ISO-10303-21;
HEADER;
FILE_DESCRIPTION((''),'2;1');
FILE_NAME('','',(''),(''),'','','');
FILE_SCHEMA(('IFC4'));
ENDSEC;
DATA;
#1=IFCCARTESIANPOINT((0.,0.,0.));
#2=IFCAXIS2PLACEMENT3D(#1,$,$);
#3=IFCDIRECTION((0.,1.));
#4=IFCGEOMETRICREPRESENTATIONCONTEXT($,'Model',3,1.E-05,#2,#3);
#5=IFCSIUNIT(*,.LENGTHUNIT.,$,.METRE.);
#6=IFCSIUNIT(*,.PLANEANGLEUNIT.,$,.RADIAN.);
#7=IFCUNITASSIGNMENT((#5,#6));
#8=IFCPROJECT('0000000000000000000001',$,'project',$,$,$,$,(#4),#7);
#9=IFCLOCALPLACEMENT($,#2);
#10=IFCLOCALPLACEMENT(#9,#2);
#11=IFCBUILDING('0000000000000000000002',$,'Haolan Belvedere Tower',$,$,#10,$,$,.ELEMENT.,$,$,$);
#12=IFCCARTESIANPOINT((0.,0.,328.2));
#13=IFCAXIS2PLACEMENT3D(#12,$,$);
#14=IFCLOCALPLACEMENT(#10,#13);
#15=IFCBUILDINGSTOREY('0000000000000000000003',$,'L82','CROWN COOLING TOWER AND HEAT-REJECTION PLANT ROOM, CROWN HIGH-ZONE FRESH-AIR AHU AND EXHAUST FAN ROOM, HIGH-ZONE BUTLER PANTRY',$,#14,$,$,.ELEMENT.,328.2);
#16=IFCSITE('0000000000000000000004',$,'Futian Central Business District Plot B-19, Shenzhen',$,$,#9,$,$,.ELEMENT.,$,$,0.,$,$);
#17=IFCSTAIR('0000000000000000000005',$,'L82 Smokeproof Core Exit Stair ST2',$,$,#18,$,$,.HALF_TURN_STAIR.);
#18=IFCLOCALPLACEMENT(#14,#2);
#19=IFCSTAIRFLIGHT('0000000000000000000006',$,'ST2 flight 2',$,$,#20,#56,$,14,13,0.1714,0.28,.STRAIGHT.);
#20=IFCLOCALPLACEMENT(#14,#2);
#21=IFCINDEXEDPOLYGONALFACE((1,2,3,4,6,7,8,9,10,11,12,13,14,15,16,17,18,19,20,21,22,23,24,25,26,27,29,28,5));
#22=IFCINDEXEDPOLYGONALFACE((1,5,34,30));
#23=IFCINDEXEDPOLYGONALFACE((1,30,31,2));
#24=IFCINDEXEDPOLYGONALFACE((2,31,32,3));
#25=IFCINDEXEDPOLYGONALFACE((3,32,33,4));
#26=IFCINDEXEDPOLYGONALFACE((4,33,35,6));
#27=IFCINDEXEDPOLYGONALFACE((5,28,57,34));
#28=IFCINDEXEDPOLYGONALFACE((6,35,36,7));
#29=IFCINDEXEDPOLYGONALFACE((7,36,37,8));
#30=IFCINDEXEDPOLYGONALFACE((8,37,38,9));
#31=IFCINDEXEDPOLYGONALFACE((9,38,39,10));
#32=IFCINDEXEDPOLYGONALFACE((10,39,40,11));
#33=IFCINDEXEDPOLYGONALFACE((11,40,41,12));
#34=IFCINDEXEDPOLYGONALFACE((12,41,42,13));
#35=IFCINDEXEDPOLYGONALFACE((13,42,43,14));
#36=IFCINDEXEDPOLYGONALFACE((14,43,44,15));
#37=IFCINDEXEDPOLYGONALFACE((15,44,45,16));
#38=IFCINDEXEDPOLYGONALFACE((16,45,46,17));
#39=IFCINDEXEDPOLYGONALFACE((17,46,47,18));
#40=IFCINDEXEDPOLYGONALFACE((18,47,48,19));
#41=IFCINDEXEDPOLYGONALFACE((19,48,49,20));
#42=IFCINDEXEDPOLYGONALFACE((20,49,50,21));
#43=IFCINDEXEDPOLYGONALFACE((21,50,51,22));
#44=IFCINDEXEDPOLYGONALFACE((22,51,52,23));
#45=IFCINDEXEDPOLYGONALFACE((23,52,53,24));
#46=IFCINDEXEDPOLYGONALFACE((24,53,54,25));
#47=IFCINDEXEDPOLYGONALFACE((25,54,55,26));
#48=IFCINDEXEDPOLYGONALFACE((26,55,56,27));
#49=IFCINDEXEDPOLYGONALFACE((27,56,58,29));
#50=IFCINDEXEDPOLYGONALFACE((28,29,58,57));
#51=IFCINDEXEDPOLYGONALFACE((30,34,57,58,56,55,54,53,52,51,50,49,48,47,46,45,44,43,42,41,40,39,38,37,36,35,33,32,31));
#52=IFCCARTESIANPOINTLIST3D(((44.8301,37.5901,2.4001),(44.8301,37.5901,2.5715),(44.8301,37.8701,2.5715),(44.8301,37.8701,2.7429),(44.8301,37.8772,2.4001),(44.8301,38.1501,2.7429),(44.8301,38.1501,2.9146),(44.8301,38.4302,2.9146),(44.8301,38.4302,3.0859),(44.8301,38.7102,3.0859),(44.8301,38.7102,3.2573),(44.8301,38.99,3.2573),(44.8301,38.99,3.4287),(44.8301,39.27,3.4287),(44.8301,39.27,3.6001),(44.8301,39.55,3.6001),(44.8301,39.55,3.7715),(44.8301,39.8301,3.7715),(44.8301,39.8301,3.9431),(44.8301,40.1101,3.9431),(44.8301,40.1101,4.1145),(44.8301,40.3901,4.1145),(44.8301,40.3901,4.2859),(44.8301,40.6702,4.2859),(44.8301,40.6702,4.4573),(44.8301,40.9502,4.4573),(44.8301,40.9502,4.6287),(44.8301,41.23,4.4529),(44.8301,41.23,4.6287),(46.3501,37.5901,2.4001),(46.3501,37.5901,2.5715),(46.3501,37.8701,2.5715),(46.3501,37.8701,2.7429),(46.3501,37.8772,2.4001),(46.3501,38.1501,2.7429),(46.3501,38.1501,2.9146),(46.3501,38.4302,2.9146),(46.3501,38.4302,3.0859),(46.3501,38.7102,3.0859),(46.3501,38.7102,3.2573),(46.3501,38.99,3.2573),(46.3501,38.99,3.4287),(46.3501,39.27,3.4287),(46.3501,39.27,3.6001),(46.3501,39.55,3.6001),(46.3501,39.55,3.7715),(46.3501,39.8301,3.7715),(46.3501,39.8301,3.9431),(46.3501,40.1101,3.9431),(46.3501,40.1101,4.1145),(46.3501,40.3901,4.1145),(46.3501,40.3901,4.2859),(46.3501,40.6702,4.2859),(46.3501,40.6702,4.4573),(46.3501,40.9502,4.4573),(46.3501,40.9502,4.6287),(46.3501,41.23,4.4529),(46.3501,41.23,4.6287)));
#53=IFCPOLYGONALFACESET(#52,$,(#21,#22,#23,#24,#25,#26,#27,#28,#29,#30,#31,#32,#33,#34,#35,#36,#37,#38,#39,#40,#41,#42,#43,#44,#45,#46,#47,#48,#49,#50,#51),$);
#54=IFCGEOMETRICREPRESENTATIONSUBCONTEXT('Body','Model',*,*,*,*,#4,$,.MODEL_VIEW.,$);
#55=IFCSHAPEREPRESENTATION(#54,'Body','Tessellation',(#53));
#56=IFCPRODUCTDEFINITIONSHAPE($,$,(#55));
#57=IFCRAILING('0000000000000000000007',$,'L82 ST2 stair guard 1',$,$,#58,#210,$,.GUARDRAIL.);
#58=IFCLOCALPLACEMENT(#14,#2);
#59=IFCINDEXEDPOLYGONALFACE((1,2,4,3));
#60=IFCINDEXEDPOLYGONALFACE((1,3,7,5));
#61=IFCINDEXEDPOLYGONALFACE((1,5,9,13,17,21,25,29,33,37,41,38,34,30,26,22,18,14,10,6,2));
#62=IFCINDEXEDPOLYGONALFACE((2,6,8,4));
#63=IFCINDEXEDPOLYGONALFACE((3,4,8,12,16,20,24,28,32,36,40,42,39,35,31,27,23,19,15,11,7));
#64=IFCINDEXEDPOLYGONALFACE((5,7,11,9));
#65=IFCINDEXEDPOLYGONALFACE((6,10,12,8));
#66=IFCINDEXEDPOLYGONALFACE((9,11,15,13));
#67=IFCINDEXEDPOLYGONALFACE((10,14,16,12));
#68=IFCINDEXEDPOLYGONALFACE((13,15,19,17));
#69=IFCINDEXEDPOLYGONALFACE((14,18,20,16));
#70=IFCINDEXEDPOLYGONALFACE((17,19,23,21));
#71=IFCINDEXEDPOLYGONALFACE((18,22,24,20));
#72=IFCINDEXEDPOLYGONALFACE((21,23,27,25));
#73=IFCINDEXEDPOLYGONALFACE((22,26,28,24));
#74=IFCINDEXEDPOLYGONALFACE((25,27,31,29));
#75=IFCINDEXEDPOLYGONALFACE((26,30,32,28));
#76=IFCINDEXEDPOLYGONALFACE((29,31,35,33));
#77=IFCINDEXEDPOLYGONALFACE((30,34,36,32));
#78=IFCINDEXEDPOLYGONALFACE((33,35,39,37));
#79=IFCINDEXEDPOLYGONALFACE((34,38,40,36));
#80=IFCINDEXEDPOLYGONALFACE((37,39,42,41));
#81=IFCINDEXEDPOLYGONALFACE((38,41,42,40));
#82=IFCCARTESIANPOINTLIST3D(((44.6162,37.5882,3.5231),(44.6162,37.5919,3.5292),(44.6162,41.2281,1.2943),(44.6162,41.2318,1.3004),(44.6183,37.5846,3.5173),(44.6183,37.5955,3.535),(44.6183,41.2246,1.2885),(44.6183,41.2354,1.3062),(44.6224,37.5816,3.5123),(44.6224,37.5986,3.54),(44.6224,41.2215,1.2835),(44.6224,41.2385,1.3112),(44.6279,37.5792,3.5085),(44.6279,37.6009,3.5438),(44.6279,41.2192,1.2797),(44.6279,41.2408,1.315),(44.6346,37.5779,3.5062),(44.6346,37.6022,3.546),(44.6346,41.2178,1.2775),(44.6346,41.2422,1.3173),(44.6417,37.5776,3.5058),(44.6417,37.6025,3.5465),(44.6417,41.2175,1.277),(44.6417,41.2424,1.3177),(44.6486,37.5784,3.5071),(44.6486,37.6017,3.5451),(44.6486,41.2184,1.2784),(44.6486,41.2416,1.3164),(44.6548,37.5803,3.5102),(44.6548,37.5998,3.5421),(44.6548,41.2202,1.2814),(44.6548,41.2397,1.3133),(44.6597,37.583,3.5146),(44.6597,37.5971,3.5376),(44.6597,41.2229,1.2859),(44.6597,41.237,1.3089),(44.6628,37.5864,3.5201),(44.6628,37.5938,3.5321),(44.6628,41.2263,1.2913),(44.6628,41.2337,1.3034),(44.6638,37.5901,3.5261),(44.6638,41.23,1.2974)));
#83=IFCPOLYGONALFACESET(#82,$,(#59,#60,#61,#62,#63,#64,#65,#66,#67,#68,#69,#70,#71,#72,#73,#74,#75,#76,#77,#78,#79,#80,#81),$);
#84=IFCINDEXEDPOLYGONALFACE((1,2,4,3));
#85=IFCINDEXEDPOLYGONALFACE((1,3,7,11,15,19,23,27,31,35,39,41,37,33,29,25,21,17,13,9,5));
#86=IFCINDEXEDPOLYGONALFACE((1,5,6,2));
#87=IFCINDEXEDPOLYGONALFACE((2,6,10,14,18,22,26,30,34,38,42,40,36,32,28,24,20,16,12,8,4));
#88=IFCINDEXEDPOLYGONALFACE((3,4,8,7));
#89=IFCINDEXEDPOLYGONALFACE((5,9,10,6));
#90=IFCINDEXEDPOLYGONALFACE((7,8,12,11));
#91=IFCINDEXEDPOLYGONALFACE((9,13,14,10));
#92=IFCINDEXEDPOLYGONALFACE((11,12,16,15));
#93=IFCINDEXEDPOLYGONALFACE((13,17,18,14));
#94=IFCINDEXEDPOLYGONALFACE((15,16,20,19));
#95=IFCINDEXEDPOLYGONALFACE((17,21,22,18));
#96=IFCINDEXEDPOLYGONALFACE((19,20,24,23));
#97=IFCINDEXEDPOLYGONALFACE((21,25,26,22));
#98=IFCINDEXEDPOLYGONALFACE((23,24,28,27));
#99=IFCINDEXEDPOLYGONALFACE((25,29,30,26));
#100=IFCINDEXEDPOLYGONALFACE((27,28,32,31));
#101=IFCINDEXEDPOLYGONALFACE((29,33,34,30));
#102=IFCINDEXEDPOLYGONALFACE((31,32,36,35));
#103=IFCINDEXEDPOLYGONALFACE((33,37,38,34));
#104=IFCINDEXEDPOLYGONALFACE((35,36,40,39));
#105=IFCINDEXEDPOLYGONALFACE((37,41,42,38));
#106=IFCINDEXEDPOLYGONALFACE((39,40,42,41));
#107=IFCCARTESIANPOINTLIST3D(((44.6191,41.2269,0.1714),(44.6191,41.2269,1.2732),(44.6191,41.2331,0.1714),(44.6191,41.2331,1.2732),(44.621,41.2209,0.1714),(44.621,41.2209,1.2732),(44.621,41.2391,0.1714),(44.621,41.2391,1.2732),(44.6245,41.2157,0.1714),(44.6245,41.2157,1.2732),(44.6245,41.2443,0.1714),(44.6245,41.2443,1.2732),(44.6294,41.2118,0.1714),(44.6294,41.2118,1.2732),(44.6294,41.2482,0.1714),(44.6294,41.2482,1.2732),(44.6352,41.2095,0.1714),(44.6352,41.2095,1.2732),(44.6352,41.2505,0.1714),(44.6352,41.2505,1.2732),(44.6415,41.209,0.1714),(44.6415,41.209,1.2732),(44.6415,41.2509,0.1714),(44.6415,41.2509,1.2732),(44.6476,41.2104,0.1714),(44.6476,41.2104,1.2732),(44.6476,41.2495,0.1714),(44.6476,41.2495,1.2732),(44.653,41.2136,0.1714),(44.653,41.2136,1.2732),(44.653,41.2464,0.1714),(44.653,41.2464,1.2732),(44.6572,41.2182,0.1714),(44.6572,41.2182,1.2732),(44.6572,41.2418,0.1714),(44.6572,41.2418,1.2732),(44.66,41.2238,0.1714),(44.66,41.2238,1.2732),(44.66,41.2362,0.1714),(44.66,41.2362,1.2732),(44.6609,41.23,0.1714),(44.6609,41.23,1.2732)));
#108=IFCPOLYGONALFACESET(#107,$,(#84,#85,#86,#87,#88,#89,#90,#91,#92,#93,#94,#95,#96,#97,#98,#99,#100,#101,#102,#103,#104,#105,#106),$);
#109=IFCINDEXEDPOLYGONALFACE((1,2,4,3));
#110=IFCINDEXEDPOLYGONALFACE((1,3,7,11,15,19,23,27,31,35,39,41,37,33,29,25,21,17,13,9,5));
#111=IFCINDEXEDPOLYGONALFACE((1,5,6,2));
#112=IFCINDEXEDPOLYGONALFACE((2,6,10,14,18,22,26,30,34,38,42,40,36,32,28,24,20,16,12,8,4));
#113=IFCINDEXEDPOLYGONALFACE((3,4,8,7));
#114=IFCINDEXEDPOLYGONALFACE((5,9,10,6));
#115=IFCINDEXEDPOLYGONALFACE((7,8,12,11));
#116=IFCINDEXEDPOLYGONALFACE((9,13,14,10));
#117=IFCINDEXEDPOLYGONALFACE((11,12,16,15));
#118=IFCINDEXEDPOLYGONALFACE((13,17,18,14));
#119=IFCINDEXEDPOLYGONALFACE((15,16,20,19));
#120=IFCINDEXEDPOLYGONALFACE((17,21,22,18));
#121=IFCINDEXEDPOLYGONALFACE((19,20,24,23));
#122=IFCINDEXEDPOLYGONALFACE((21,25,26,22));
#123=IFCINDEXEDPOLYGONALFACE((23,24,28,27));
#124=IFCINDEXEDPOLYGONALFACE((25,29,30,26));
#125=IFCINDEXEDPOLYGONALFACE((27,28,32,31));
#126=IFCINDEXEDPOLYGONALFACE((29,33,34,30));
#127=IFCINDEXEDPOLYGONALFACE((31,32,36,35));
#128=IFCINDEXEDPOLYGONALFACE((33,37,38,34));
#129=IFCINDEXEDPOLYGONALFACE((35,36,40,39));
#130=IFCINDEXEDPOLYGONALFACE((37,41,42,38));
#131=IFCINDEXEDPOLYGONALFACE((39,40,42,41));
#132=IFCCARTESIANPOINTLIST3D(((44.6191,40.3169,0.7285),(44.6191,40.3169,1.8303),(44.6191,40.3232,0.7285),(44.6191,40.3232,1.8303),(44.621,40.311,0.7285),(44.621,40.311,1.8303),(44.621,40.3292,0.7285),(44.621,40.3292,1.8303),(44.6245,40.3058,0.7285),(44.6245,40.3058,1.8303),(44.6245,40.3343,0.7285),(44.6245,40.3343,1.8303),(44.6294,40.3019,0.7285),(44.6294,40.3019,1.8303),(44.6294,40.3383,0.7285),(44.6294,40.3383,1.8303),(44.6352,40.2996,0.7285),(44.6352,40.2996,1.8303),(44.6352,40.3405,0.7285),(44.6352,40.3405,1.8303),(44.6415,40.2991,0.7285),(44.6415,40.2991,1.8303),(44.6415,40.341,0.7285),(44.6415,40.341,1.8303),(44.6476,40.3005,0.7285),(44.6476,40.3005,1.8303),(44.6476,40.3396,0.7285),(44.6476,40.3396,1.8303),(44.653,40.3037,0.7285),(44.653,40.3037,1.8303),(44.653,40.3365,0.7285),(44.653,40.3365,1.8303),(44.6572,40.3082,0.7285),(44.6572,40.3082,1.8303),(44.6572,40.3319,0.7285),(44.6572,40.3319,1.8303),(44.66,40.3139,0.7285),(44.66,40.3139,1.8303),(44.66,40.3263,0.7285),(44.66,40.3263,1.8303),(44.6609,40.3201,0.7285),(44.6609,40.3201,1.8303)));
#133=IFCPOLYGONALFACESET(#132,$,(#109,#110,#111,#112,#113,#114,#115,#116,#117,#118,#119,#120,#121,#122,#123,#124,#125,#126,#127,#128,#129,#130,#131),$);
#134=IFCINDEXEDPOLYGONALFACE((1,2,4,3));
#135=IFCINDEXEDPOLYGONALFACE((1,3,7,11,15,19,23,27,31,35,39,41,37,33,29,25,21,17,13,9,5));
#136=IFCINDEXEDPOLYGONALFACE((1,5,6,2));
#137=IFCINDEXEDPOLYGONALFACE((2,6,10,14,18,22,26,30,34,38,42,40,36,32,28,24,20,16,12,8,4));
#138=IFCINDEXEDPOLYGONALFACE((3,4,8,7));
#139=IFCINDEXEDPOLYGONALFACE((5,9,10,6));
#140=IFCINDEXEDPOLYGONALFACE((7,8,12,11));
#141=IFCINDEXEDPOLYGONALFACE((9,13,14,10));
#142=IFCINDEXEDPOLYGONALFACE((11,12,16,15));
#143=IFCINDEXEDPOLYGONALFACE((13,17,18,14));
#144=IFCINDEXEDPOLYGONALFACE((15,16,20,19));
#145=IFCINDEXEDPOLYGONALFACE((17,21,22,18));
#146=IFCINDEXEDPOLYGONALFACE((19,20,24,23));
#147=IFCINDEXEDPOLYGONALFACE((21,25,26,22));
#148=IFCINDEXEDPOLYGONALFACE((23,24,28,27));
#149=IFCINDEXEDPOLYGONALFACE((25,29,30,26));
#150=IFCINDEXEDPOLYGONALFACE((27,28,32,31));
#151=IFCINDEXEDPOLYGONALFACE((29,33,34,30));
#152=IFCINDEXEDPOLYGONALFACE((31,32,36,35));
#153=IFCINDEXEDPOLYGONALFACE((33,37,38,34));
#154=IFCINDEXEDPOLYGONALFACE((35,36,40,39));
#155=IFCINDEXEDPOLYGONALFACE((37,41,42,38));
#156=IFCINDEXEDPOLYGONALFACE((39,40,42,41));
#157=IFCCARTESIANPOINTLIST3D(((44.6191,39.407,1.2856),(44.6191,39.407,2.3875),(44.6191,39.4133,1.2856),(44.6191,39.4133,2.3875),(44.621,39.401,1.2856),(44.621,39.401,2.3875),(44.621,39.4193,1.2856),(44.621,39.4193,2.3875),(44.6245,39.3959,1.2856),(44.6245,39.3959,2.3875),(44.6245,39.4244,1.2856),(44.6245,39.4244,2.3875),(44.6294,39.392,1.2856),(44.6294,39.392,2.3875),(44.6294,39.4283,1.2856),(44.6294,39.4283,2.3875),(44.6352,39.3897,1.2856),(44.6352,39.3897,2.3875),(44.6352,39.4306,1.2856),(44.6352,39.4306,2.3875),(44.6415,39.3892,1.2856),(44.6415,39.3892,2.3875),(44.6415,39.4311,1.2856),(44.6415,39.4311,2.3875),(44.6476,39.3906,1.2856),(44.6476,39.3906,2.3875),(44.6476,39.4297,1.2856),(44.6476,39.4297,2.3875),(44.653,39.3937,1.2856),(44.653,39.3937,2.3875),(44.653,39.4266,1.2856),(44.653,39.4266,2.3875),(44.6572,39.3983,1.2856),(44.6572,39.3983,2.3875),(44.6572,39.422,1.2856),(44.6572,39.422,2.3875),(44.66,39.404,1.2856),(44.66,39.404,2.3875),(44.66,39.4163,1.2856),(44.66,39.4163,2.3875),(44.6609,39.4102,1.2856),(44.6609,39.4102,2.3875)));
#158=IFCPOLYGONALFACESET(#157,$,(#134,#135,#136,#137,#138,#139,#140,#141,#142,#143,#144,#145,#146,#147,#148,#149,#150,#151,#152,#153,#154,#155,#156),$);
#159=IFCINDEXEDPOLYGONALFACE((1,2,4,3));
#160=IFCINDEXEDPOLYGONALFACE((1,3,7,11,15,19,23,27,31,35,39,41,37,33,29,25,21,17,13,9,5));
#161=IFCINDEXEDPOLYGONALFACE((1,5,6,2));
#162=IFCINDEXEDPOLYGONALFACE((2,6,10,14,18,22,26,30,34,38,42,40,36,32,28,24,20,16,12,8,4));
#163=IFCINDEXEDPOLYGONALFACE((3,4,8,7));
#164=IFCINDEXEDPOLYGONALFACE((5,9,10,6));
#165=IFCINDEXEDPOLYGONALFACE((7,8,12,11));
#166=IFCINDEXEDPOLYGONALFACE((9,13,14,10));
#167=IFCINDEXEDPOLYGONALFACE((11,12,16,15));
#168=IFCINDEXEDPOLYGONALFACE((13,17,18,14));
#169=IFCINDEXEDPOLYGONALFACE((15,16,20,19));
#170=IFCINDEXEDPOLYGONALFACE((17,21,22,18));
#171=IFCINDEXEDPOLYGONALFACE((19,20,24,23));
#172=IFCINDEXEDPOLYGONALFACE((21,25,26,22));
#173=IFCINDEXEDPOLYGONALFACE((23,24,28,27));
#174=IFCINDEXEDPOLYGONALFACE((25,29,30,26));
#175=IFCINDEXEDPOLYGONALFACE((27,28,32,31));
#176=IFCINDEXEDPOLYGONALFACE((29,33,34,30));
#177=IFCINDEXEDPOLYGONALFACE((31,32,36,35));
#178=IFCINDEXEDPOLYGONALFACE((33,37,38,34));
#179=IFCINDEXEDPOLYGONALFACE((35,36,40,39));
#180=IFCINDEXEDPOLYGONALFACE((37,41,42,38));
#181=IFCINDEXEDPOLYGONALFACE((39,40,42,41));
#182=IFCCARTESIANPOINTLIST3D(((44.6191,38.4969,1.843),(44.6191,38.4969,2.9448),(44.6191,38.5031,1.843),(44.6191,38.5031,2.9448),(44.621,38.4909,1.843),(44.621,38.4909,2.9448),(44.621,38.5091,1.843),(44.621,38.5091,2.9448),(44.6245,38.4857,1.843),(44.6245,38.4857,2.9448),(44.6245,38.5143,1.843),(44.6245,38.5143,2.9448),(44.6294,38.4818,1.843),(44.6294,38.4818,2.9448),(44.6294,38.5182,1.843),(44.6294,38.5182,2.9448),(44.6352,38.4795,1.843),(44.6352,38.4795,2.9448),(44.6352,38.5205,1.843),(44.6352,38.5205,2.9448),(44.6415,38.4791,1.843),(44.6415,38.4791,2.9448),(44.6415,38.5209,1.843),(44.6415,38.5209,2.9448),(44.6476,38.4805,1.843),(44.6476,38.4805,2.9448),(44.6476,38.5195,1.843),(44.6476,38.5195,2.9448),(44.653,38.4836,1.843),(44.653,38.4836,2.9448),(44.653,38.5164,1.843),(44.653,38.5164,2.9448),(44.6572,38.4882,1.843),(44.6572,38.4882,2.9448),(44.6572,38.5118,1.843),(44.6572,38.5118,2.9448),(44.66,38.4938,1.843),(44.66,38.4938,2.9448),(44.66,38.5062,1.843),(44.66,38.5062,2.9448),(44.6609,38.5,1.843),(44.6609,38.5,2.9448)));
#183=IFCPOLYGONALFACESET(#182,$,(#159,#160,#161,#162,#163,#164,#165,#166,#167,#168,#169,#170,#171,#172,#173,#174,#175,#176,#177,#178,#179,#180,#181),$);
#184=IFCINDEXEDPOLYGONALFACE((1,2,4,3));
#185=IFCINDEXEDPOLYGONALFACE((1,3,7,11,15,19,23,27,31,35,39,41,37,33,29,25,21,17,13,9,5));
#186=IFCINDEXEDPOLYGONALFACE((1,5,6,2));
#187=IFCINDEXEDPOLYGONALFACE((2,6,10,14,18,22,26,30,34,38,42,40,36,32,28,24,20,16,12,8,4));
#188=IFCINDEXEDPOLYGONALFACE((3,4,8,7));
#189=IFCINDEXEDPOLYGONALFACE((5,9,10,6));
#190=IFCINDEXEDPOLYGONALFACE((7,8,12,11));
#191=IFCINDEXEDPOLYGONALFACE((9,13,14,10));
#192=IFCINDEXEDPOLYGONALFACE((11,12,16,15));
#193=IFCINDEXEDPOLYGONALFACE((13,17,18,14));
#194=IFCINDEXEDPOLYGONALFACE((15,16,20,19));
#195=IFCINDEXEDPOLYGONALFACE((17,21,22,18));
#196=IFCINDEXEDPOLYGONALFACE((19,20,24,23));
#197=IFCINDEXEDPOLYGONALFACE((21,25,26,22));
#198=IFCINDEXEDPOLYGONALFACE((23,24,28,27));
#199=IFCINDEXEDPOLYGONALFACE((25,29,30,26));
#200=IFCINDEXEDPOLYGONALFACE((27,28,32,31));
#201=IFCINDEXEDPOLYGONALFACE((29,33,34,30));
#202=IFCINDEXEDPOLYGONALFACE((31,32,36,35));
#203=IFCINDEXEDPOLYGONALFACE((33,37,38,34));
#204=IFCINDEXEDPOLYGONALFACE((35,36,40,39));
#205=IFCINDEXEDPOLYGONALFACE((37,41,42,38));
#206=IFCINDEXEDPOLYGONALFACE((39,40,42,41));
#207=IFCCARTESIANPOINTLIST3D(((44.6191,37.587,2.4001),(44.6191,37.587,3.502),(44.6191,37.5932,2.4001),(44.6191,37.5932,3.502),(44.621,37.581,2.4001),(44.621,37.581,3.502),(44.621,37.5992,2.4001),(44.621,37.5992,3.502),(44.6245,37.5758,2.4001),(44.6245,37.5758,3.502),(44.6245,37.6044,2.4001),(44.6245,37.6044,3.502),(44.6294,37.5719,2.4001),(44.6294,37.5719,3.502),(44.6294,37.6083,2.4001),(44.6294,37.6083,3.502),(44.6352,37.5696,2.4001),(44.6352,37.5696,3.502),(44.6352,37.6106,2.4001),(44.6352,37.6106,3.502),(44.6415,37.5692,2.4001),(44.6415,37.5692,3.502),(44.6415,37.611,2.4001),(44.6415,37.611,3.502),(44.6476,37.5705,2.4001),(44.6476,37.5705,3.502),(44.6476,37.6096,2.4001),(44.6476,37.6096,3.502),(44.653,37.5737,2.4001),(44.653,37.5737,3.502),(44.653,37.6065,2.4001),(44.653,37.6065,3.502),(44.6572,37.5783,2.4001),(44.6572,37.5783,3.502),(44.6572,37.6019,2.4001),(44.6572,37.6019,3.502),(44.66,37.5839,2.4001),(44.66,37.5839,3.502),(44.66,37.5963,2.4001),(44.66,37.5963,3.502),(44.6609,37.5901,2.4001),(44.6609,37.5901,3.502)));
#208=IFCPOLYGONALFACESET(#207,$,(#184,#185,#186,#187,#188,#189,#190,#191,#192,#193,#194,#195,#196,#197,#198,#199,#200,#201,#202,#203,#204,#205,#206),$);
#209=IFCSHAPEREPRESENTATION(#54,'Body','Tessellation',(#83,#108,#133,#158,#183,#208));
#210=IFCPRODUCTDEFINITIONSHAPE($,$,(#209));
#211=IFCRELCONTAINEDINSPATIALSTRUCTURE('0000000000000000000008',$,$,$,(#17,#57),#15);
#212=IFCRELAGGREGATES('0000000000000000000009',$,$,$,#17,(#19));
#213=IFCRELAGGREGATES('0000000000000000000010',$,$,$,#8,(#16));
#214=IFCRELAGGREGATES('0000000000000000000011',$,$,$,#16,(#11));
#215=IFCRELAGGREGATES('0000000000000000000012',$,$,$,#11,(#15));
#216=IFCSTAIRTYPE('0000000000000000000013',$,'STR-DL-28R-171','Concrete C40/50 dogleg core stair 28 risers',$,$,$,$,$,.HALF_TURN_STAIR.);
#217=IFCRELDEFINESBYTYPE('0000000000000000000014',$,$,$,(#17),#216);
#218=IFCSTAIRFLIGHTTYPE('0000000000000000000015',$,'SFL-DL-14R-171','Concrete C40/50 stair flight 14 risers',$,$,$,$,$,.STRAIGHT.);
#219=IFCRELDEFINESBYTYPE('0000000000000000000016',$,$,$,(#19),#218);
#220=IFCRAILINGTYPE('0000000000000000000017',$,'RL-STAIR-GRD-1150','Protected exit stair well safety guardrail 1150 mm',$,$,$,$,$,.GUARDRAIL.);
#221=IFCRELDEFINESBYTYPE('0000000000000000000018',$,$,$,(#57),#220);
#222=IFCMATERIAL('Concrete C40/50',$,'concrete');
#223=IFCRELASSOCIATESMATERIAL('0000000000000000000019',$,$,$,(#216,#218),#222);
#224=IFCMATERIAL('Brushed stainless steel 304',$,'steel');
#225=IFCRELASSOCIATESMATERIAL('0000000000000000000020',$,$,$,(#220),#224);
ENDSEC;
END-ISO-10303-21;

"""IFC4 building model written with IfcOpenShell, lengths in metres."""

from ifc_helpers import new_model, si_unit, direction, frame, origin, origin_2d, place, context, subcontext, project, spatial, polyline, circle, outline, extrude, material, type_object, element, aggregate, save


model = new_model("IFC4")

# Units and contexts
model_context = context("Model", 3, precision=1e-05, world=origin(), true_north=direction((0.0, 1.0)))
body_context = subcontext(model_context, "Body", "Model", "MODEL_VIEW")
ifc_project = project(units=[si_unit("LENGTHUNIT", "METRE"), si_unit("PLANEANGLEUNIT", "RADIAN")], contexts=[model_context])

# Site, building, storey
site_placement = place(None, origin())
site = spatial("IfcSite", under=ifc_project, at=site_placement, Name="Futian Central Business District Plot B-19, Shenzhen", CompositionType="ELEMENT", RefElevation=0.0)
building_placement = place(site_placement, origin())
building = spatial("IfcBuilding", under=site, at=building_placement, Name="Haolan Belvedere Tower", CompositionType="ELEMENT")
storey_placement = place(building_placement, frame((0.0, 0.0, 328.2)))
storey = spatial("IfcBuildingStorey", under=building, at=storey_placement, Name="L82", Description="CROWN COOLING TOWER AND HEAT-REJECTION PLANT ROOM, CROWN HIGH-ZONE FRESH-AIR AHU AND EXHAUST FAN ROOM, HIGH-ZONE BUTLER PANTRY", CompositionType="ELEMENT", Elevation=328.2)

# Stair, stair flight
ifc_material_1 = material(Name="Concrete C40/50", Category="concrete")
stair_type = type_object("IfcStairType", Name="STR-DL-28R-171", Description="Concrete C40/50 dogleg core stair 28 risers", PredefinedType="HALF_TURN_STAIR", material=ifc_material_1)
stair_placement = place(storey_placement, origin())
stair = element("IfcStair", 1, at=stair_placement, inside=storey, type_object=stair_type, Name="L82 Smokeproof Core Exit Stair ST2", PredefinedType="HALF_TURN_STAIR")
stair_flight_type = type_object("IfcStairFlightType", Name="SFL-DL-14R-171", Description="Concrete C40/50 stair flight 14 risers", PredefinedType="STRAIGHT", material=ifc_material_1)
stair_flight_1_placement = place(storey_placement, frame((45.5901, 37.5901, 2.4001), z_axis=(0.0, 0.0, 1.0), x_axis=(0.0, 1.0, 0.0)))
stair_flight_1 = element("IfcStairFlight", 2, at=stair_flight_1_placement, type_object=stair_flight_type, Name="ST2 flight 2", NumberOfRisers=14, NumberOfTreads=13, PredefinedType="STRAIGHT", RiserHeight=0.1714, TreadLength=0.28, context=body_context, shape_type="SweptSolid", body=[
    extrude(outline(polyline([(0.0, 0.0), (0.0, 0.1714), (0.28, 0.1714), (0.28, 0.3428), (0.5601, 0.3428), (0.5601, 0.5144), (0.8401, 0.5144), (0.8401, 0.6858), (1.1201, 0.6858), (1.1201, 0.8572), (1.3999, 0.8572), (1.3999, 1.0286), (1.6799, 1.0286), (1.6799, 1.2), (1.96, 1.2), (1.96, 1.3713), (2.24, 1.3713), (2.24, 1.543), (2.52, 1.543), (2.52, 1.7144), (2.8, 1.7144), (2.8, 1.8857), (3.0801, 1.8857), (3.0801, 2.0571), (3.3601, 2.0571), (3.3601, 2.2285), (3.6399, 2.2285), (3.6399, 2.3999), (3.6399, 2.0527), (0.2871, 0.0), (0.0, 0.0)])), frame((0.0, 0.76, 0.0), z_axis=(0.0, -1.0, 0.0), x_axis=(1.0, 0.0, 0.0)), (0.0, 0.0, 1.0), 1.52),
])
aggregate(stair, [stair_flight_1])

# Railing
ifc_material_2 = material(Name="Brushed stainless steel 304", Category="steel")
railing_type_1 = type_object("IfcRailingType", Name="RL-STAIR-GRD-1150", Description="Protected exit stair well safety guardrail 1150 mm", PredefinedType="GUARDRAIL", material=ifc_material_2)
railing_1_placement = place(storey_placement, frame((44.6399, 41.23, 0.1714)))
element("IfcRailing", 3, at=railing_1_placement, inside=storey, type_object=railing_type_1, Name="L82 ST2 stair guard 1", PredefinedType="GUARDRAIL", context=body_context, shape_type="SweptSolid", body=[
    extrude(circle(Radius=0.0239, at=origin_2d()), frame((0.0, 0.0, 1.126), z_axis=(0.0, -0.852825, 0.522197), x_axis=(1.0, 0.0, 0.0)), (0.0, 0.0, 1.0), 4.2681),
    extrude(circle(Radius=0.021, at=origin_2d()), origin(), (0.0, 0.0, 1.0), 1.1018),
    extrude(circle(Radius=0.021, at=origin_2d()), frame((0.0, -0.9099, 0.5571)), (0.0, 0.0, 1.0), 1.1018),
    extrude(circle(Radius=0.021, at=origin_2d()), frame((0.0, -1.8198, 1.1143)), (0.0, 0.0, 1.0), 1.1018),
    extrude(circle(Radius=0.021, at=origin_2d()), frame((0.0, -2.73, 1.6716)), (0.0, 0.0, 1.0), 1.1018),
    extrude(circle(Radius=0.021, at=origin_2d()), frame((0.0, -3.6399, 2.2288)), (0.0, 0.0, 1.0), 1.1018),
])

save(model, "model.ifc")
